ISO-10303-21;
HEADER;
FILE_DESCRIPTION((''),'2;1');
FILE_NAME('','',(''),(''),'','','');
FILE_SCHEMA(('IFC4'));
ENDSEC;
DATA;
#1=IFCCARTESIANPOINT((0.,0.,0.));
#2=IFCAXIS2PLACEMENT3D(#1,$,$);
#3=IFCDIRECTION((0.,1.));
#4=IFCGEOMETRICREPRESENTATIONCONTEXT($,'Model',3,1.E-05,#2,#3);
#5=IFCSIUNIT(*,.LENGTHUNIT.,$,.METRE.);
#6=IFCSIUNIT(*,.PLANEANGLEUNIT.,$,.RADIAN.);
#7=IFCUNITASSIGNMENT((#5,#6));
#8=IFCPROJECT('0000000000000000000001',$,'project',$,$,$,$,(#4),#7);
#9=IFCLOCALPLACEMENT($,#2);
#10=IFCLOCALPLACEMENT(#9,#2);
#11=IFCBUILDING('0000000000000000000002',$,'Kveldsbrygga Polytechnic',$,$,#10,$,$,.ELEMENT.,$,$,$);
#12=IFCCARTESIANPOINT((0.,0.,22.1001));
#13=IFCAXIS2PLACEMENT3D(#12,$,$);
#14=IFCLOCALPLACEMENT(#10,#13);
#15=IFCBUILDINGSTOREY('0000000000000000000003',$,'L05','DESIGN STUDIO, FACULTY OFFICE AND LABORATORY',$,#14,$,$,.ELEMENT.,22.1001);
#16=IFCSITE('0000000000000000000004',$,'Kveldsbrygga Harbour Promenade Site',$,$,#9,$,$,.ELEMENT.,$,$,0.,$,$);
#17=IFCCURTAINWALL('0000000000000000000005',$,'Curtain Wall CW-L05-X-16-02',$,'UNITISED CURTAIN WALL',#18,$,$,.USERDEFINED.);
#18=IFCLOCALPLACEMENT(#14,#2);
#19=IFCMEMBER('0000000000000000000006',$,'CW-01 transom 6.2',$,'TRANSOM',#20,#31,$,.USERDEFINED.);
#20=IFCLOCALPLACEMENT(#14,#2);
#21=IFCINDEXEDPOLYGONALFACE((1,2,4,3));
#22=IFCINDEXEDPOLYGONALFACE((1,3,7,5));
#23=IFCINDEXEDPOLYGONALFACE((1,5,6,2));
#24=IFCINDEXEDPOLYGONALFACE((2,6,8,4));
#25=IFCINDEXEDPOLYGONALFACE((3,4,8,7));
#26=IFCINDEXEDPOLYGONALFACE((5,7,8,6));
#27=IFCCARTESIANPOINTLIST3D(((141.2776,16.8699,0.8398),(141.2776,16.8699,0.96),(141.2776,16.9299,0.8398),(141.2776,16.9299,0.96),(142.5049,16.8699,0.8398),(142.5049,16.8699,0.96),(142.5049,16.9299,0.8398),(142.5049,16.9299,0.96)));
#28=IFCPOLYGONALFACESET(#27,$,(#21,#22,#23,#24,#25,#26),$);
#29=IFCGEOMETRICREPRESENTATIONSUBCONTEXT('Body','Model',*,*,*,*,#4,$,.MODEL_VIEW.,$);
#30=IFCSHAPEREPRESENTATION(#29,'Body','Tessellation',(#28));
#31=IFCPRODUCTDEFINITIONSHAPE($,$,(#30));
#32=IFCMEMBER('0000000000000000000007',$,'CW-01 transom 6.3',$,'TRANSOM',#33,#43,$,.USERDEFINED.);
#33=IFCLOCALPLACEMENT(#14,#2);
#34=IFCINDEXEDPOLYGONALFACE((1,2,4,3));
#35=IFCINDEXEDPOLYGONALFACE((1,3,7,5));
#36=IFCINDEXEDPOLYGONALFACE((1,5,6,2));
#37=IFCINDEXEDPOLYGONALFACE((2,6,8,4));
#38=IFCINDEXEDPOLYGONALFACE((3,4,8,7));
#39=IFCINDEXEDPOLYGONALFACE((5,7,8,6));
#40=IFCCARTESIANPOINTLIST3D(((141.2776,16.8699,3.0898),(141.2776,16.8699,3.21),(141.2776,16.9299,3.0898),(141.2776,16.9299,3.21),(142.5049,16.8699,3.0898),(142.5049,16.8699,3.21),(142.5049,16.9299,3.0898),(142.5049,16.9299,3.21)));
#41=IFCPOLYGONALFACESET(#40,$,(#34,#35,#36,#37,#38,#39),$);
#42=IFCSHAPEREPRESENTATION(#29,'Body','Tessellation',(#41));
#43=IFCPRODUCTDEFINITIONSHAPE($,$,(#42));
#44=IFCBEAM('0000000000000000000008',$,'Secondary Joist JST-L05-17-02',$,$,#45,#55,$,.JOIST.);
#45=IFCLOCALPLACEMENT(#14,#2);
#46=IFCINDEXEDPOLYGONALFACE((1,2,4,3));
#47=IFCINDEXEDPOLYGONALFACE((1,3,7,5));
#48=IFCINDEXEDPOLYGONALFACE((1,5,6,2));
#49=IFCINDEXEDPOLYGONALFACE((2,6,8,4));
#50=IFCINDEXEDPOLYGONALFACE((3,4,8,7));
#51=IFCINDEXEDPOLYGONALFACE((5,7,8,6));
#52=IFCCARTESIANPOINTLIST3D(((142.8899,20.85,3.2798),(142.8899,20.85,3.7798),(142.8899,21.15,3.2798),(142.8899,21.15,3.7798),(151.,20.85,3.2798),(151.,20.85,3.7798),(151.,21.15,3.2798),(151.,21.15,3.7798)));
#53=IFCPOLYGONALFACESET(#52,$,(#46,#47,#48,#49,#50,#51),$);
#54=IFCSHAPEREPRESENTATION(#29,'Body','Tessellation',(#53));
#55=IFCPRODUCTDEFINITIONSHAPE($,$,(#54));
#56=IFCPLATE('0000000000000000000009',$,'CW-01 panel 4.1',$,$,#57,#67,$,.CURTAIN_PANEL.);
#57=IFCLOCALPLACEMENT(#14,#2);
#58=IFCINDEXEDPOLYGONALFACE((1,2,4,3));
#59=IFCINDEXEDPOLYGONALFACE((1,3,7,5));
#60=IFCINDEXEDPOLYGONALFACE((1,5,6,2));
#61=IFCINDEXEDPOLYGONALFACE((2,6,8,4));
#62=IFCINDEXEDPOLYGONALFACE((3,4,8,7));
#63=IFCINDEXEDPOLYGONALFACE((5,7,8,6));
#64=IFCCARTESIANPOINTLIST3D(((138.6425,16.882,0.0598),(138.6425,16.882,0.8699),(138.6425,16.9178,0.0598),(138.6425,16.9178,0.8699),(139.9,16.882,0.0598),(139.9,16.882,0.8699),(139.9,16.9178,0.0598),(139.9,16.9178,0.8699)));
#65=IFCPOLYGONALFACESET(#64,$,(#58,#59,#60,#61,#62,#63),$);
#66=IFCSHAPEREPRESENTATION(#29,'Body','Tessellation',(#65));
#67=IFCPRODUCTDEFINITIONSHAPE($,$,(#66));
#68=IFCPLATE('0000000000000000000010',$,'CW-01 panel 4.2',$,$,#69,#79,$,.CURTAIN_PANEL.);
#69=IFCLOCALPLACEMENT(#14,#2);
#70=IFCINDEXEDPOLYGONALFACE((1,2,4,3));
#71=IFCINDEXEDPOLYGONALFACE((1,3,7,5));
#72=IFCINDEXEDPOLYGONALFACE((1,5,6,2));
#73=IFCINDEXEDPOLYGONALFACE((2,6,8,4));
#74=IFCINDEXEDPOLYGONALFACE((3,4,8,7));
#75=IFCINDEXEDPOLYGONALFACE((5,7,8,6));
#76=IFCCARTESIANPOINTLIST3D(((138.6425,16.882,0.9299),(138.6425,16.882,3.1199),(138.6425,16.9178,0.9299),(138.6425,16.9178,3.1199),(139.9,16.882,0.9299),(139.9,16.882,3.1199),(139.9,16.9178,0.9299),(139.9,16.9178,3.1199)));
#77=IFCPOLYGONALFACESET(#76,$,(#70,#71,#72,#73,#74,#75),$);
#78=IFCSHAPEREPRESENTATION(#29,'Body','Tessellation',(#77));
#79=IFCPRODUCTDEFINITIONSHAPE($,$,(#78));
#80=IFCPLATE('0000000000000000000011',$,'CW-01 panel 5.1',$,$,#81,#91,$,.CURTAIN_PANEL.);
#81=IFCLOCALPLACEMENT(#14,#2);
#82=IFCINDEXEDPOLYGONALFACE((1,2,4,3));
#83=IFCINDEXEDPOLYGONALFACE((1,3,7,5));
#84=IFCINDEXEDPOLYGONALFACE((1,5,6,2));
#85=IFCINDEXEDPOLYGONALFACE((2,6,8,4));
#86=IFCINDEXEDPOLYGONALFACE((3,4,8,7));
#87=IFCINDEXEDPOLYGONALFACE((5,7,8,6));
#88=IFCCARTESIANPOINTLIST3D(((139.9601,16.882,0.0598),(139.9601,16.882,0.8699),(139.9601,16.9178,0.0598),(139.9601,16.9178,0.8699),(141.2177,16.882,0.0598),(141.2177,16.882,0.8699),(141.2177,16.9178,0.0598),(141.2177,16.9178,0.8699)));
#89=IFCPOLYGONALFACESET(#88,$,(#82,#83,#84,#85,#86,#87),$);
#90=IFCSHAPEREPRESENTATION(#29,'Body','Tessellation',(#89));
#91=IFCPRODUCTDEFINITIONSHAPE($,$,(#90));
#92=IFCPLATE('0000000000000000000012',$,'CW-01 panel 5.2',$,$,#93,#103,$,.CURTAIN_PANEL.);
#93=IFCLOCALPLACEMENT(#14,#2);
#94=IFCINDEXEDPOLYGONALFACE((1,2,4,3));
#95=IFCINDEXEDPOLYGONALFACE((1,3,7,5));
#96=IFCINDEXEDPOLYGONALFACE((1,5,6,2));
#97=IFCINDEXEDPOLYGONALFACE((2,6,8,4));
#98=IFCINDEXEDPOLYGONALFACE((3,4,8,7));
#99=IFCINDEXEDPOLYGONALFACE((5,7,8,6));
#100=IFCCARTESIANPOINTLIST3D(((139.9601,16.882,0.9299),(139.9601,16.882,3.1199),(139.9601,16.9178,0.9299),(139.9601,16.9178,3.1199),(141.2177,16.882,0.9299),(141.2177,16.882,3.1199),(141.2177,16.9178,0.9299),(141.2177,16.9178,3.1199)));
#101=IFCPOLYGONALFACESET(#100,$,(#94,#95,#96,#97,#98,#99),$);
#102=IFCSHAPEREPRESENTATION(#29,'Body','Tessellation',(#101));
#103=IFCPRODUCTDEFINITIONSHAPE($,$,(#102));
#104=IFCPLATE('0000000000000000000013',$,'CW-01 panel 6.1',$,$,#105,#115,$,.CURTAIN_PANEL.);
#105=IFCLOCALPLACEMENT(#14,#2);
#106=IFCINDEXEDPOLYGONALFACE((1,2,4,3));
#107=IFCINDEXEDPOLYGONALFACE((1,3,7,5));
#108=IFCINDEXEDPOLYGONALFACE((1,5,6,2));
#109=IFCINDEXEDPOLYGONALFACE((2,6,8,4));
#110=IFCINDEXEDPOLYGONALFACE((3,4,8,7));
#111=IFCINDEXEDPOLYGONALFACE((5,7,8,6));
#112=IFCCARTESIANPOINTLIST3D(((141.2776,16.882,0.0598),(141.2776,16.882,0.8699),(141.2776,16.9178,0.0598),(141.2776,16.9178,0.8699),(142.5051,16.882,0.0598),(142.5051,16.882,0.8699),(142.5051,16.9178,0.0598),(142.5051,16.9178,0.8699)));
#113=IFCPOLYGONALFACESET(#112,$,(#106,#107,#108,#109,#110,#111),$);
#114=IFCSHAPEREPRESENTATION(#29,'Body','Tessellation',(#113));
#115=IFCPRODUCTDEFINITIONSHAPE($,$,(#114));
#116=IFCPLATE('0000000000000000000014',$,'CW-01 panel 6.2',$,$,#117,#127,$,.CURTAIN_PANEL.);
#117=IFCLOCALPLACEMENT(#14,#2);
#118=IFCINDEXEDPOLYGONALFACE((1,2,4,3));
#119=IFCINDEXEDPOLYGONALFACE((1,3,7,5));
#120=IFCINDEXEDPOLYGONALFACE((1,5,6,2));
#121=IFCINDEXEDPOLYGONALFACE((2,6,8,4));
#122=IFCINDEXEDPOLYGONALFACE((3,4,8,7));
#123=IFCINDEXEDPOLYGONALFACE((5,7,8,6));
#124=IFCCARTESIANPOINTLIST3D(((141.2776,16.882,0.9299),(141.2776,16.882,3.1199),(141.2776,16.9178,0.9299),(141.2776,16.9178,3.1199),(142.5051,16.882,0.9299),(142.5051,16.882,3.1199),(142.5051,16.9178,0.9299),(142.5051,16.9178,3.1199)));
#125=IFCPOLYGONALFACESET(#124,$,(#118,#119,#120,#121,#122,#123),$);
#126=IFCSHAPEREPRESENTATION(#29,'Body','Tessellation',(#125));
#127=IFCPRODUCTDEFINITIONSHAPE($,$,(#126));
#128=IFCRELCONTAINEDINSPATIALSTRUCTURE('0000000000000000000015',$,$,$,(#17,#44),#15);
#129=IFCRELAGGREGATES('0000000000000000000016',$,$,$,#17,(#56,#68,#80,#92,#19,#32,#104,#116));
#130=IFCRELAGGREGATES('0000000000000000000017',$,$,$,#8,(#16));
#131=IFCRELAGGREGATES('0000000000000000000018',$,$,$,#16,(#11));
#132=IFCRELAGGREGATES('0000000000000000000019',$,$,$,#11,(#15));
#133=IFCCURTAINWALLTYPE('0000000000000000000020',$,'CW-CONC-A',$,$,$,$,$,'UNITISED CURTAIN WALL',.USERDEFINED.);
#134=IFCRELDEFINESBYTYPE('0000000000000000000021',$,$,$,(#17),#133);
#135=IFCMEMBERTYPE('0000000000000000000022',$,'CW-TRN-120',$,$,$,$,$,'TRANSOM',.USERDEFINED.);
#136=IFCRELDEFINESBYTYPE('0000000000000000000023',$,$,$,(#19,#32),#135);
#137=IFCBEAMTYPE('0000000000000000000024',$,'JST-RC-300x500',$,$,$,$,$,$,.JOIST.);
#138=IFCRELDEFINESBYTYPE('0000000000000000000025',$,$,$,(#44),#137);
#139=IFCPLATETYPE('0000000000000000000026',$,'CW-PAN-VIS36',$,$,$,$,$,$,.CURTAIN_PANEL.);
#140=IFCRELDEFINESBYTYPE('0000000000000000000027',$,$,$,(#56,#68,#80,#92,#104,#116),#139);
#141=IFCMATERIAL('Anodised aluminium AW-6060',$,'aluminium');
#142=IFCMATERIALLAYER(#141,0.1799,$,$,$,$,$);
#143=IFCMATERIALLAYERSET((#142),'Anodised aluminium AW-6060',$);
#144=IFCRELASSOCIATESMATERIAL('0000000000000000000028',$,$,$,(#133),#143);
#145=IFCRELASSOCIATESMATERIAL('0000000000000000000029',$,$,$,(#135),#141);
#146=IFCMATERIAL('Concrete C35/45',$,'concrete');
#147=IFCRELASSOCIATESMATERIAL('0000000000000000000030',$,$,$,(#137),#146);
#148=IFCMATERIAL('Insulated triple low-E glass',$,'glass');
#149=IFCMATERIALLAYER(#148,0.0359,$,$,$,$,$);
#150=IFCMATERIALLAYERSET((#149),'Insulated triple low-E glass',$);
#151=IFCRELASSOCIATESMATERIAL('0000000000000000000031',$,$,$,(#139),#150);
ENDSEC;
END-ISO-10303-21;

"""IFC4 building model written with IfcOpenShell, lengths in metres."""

from ifc_helpers import new_model, si_unit, direction, frame, origin, origin_2d, place, context, subcontext, project, spatial, rectangle, extrude, material, layer, layer_set, material_profile, profile_set, type_object, element, aggregate, save


model = new_model("IFC4")

# Units and contexts
model_context = context("Model", 3, precision=1e-05, world=origin(), true_north=direction((0.0, 1.0)))
body_context = subcontext(model_context, "Body", "Model", "MODEL_VIEW")
ifc_project = project(units=[si_unit("LENGTHUNIT", "METRE"), si_unit("PLANEANGLEUNIT", "RADIAN")], contexts=[model_context])

# Site, building, storey
site_placement = place(None, origin())
site = spatial("IfcSite", under=ifc_project, at=site_placement, Name="Kveldsbrygga Harbour Promenade Site", CompositionType="ELEMENT", RefElevation=0.0)
building_placement = place(site_placement, origin())
building = spatial("IfcBuilding", under=site, at=building_placement, Name="Kveldsbrygga Polytechnic", CompositionType="ELEMENT")
storey_placement = place(building_placement, frame((0.0, 0.0, 22.1001)))
storey = spatial("IfcBuildingStorey", under=building, at=storey_placement, Name="L05", Description="DESIGN STUDIO, FACULTY OFFICE AND LABORATORY", CompositionType="ELEMENT", Elevation=22.1001)

# Shared definitions
ifc_material_1 = material(Name="Concrete C35/45", Category="concrete")

# Curtain wall, members
ifc_material_2 = material(Name="Anodised aluminium AW-6060", Category="aluminium")
ifc_layer_1 = layer(ifc_material_2, 0.1799)
ifc_layer_set_1 = layer_set([ifc_layer_1], Name="Anodised aluminium AW-6060")
curtain_wall_type = type_object("IfcCurtainWallType", Name="CW-CONC-A", ElementType="UNITISED CURTAIN WALL", PredefinedType="USERDEFINED", material=ifc_layer_set_1)
curtain_wall_placement = place(storey_placement, origin())
curtain_wall = element("IfcCurtainWall", 1, at=curtain_wall_placement, inside=storey, type_object=curtain_wall_type, Name="Curtain Wall CW-L05-X-16-02", ObjectType="UNITISED CURTAIN WALL", PredefinedType="USERDEFINED")
ifc_material_profile_1 = material_profile(ifc_material_2, rectangle(XDim=0.0601, YDim=0.1201, at=origin_2d()), Name="ALU 60x120")
ifc_profile_set_1 = profile_set([ifc_material_profile_1], Name="Anodised aluminium AW-6060")
member_type_1 = type_object("IfcMemberType", Name="CW-TRN-120", ElementType="TRANSOM", PredefinedType="USERDEFINED", material=ifc_profile_set_1)
member_1_placement = place(storey_placement, frame((141.2776, 16.8999, 0.8999), z_axis=(1.0, 0.0, 0.0), x_axis=(0.0, 1.0, 0.0)))
member_1 = element("IfcMember", 2, at=member_1_placement, type_object=member_type_1, Name="CW-01 transom 6.2", ObjectType="TRANSOM", PredefinedType="USERDEFINED", context=body_context, shape_type="SweptSolid", body=[
    extrude(rectangle(XDim=0.0601, YDim=0.1201, at=origin_2d()), origin(), (0.0, 0.0, 1.0), 1.2273),
])
member_2_placement = place(storey_placement, frame((141.2776, 16.8999, 3.1499), z_axis=(1.0, 0.0, 0.0), x_axis=(0.0, 1.0, 0.0)))
member_2 = element("IfcMember", 3, at=member_2_placement, type_object=member_type_1, Name="CW-01 transom 6.3", ObjectType="TRANSOM", PredefinedType="USERDEFINED", context=body_context, shape_type="SweptSolid", body=[
    extrude(rectangle(XDim=0.0601, YDim=0.1201, at=origin_2d()), origin(), (0.0, 0.0, 1.0), 1.2273),
])

# Beam
ifc_material_profile_2 = material_profile(ifc_material_1, rectangle(XDim=0.3, YDim=0.5, at=origin_2d()), Name="RC 300x500")
ifc_profile_set_2 = profile_set([ifc_material_profile_2], Name="Concrete C35/45")
beam_type_1 = type_object("IfcBeamType", Name="JST-RC-300x500", PredefinedType="JOIST", material=ifc_profile_set_2)
beam_1_placement = place(storey_placement, frame((142.8899, 21.0, 3.5298), z_axis=(1.0, 0.0, 0.0), x_axis=(0.0, 1.0, 0.0)))
element("IfcBeam", 4, at=beam_1_placement, inside=storey, type_object=beam_type_1, Name="Secondary Joist JST-L05-17-02", PredefinedType="JOIST", context=body_context, shape_type="SweptSolid", body=[
    extrude(rectangle(XDim=0.3, YDim=0.5, at=origin_2d()), origin(), (0.0, 0.0, 1.0), 8.1101),
])

# Plates
ifc_material_3 = material(Name="Insulated triple low-E glass", Category="glass")
ifc_layer_2 = layer(ifc_material_3, 0.0359)
ifc_layer_set_2 = layer_set([ifc_layer_2], Name="Insulated triple low-E glass")
plate_type = type_object("IfcPlateType", Name="CW-PAN-VIS36", PredefinedType="CURTAIN_PANEL", material=ifc_layer_set_2)
plate_1_placement = place(storey_placement, frame((139.2712, 16.8999, 0.0598), z_axis=(0.0, 0.0, 1.0), x_axis=(1.0, 0.0, 0.0)))
plate_1 = element("IfcPlate", 5, at=plate_1_placement, type_object=plate_type, Name="CW-01 panel 4.1", PredefinedType="CURTAIN_PANEL", context=body_context, shape_type="SweptSolid", body=[
    extrude(rectangle(XDim=1.2576, YDim=0.0359, at=origin_2d()), origin(), (0.0, 0.0, 1.0), 0.8101),
])
plate_2_placement = place(storey_placement, frame((139.2712, 16.8999, 0.9299), z_axis=(0.0, 0.0, 1.0), x_axis=(1.0, 0.0, 0.0)))
plate_2 = element("IfcPlate", 6, at=plate_2_placement, type_object=plate_type, Name="CW-01 panel 4.2", PredefinedType="CURTAIN_PANEL", context=body_context, shape_type="SweptSolid", body=[
    extrude(rectangle(XDim=1.2576, YDim=0.0359, at=origin_2d()), origin(), (0.0, 0.0, 1.0), 2.1899),
])
plate_3_placement = place(storey_placement, frame((140.5889, 16.8999, 0.0598), z_axis=(0.0, 0.0, 1.0), x_axis=(1.0, 0.0, 0.0)))
plate_3 = element("IfcPlate", 7, at=plate_3_placement, type_object=plate_type, Name="CW-01 panel 5.1", PredefinedType="CURTAIN_PANEL", context=body_context, shape_type="SweptSolid", body=[
    extrude(rectangle(XDim=1.2576, YDim=0.0359, at=origin_2d()), origin(), (0.0, 0.0, 1.0), 0.8101),
])
plate_4_placement = place(storey_placement, frame((140.5889, 16.8999, 0.9299), z_axis=(0.0, 0.0, 1.0), x_axis=(1.0, 0.0, 0.0)))
plate_4 = element("IfcPlate", 8, at=plate_4_placement, type_object=plate_type, Name="CW-01 panel 5.2", PredefinedType="CURTAIN_PANEL", context=body_context, shape_type="SweptSolid", body=[
    extrude(rectangle(XDim=1.2576, YDim=0.0359, at=origin_2d()), origin(), (0.0, 0.0, 1.0), 2.1899),
])
plate_5_placement = place(storey_placement, frame((141.8914, 16.8999, 0.0598), z_axis=(0.0, 0.0, 1.0), x_axis=(1.0, 0.0, 0.0)))
plate_5 = element("IfcPlate", 9, at=plate_5_placement, type_object=plate_type, Name="CW-01 panel 6.1", PredefinedType="CURTAIN_PANEL", context=body_context, shape_type="SweptSolid", body=[
    extrude(rectangle(XDim=1.2275, YDim=0.0359, at=origin_2d()), origin(), (0.0, 0.0, 1.0), 0.8101),
])
plate_6_placement = place(storey_placement, frame((141.8914, 16.8999, 0.9299), z_axis=(0.0, 0.0, 1.0), x_axis=(1.0, 0.0, 0.0)))
plate_6 = element("IfcPlate", 10, at=plate_6_placement, type_object=plate_type, Name="CW-01 panel 6.2", PredefinedType="CURTAIN_PANEL", context=body_context, shape_type="SweptSolid", body=[
    extrude(rectangle(XDim=1.2275, YDim=0.0359, at=origin_2d()), origin(), (0.0, 0.0, 1.0), 2.1899),
])
aggregate(curtain_wall, [plate_1, plate_2, plate_3, plate_4, member_1, member_2, plate_5, plate_6])

save(model, "model.ifc")
